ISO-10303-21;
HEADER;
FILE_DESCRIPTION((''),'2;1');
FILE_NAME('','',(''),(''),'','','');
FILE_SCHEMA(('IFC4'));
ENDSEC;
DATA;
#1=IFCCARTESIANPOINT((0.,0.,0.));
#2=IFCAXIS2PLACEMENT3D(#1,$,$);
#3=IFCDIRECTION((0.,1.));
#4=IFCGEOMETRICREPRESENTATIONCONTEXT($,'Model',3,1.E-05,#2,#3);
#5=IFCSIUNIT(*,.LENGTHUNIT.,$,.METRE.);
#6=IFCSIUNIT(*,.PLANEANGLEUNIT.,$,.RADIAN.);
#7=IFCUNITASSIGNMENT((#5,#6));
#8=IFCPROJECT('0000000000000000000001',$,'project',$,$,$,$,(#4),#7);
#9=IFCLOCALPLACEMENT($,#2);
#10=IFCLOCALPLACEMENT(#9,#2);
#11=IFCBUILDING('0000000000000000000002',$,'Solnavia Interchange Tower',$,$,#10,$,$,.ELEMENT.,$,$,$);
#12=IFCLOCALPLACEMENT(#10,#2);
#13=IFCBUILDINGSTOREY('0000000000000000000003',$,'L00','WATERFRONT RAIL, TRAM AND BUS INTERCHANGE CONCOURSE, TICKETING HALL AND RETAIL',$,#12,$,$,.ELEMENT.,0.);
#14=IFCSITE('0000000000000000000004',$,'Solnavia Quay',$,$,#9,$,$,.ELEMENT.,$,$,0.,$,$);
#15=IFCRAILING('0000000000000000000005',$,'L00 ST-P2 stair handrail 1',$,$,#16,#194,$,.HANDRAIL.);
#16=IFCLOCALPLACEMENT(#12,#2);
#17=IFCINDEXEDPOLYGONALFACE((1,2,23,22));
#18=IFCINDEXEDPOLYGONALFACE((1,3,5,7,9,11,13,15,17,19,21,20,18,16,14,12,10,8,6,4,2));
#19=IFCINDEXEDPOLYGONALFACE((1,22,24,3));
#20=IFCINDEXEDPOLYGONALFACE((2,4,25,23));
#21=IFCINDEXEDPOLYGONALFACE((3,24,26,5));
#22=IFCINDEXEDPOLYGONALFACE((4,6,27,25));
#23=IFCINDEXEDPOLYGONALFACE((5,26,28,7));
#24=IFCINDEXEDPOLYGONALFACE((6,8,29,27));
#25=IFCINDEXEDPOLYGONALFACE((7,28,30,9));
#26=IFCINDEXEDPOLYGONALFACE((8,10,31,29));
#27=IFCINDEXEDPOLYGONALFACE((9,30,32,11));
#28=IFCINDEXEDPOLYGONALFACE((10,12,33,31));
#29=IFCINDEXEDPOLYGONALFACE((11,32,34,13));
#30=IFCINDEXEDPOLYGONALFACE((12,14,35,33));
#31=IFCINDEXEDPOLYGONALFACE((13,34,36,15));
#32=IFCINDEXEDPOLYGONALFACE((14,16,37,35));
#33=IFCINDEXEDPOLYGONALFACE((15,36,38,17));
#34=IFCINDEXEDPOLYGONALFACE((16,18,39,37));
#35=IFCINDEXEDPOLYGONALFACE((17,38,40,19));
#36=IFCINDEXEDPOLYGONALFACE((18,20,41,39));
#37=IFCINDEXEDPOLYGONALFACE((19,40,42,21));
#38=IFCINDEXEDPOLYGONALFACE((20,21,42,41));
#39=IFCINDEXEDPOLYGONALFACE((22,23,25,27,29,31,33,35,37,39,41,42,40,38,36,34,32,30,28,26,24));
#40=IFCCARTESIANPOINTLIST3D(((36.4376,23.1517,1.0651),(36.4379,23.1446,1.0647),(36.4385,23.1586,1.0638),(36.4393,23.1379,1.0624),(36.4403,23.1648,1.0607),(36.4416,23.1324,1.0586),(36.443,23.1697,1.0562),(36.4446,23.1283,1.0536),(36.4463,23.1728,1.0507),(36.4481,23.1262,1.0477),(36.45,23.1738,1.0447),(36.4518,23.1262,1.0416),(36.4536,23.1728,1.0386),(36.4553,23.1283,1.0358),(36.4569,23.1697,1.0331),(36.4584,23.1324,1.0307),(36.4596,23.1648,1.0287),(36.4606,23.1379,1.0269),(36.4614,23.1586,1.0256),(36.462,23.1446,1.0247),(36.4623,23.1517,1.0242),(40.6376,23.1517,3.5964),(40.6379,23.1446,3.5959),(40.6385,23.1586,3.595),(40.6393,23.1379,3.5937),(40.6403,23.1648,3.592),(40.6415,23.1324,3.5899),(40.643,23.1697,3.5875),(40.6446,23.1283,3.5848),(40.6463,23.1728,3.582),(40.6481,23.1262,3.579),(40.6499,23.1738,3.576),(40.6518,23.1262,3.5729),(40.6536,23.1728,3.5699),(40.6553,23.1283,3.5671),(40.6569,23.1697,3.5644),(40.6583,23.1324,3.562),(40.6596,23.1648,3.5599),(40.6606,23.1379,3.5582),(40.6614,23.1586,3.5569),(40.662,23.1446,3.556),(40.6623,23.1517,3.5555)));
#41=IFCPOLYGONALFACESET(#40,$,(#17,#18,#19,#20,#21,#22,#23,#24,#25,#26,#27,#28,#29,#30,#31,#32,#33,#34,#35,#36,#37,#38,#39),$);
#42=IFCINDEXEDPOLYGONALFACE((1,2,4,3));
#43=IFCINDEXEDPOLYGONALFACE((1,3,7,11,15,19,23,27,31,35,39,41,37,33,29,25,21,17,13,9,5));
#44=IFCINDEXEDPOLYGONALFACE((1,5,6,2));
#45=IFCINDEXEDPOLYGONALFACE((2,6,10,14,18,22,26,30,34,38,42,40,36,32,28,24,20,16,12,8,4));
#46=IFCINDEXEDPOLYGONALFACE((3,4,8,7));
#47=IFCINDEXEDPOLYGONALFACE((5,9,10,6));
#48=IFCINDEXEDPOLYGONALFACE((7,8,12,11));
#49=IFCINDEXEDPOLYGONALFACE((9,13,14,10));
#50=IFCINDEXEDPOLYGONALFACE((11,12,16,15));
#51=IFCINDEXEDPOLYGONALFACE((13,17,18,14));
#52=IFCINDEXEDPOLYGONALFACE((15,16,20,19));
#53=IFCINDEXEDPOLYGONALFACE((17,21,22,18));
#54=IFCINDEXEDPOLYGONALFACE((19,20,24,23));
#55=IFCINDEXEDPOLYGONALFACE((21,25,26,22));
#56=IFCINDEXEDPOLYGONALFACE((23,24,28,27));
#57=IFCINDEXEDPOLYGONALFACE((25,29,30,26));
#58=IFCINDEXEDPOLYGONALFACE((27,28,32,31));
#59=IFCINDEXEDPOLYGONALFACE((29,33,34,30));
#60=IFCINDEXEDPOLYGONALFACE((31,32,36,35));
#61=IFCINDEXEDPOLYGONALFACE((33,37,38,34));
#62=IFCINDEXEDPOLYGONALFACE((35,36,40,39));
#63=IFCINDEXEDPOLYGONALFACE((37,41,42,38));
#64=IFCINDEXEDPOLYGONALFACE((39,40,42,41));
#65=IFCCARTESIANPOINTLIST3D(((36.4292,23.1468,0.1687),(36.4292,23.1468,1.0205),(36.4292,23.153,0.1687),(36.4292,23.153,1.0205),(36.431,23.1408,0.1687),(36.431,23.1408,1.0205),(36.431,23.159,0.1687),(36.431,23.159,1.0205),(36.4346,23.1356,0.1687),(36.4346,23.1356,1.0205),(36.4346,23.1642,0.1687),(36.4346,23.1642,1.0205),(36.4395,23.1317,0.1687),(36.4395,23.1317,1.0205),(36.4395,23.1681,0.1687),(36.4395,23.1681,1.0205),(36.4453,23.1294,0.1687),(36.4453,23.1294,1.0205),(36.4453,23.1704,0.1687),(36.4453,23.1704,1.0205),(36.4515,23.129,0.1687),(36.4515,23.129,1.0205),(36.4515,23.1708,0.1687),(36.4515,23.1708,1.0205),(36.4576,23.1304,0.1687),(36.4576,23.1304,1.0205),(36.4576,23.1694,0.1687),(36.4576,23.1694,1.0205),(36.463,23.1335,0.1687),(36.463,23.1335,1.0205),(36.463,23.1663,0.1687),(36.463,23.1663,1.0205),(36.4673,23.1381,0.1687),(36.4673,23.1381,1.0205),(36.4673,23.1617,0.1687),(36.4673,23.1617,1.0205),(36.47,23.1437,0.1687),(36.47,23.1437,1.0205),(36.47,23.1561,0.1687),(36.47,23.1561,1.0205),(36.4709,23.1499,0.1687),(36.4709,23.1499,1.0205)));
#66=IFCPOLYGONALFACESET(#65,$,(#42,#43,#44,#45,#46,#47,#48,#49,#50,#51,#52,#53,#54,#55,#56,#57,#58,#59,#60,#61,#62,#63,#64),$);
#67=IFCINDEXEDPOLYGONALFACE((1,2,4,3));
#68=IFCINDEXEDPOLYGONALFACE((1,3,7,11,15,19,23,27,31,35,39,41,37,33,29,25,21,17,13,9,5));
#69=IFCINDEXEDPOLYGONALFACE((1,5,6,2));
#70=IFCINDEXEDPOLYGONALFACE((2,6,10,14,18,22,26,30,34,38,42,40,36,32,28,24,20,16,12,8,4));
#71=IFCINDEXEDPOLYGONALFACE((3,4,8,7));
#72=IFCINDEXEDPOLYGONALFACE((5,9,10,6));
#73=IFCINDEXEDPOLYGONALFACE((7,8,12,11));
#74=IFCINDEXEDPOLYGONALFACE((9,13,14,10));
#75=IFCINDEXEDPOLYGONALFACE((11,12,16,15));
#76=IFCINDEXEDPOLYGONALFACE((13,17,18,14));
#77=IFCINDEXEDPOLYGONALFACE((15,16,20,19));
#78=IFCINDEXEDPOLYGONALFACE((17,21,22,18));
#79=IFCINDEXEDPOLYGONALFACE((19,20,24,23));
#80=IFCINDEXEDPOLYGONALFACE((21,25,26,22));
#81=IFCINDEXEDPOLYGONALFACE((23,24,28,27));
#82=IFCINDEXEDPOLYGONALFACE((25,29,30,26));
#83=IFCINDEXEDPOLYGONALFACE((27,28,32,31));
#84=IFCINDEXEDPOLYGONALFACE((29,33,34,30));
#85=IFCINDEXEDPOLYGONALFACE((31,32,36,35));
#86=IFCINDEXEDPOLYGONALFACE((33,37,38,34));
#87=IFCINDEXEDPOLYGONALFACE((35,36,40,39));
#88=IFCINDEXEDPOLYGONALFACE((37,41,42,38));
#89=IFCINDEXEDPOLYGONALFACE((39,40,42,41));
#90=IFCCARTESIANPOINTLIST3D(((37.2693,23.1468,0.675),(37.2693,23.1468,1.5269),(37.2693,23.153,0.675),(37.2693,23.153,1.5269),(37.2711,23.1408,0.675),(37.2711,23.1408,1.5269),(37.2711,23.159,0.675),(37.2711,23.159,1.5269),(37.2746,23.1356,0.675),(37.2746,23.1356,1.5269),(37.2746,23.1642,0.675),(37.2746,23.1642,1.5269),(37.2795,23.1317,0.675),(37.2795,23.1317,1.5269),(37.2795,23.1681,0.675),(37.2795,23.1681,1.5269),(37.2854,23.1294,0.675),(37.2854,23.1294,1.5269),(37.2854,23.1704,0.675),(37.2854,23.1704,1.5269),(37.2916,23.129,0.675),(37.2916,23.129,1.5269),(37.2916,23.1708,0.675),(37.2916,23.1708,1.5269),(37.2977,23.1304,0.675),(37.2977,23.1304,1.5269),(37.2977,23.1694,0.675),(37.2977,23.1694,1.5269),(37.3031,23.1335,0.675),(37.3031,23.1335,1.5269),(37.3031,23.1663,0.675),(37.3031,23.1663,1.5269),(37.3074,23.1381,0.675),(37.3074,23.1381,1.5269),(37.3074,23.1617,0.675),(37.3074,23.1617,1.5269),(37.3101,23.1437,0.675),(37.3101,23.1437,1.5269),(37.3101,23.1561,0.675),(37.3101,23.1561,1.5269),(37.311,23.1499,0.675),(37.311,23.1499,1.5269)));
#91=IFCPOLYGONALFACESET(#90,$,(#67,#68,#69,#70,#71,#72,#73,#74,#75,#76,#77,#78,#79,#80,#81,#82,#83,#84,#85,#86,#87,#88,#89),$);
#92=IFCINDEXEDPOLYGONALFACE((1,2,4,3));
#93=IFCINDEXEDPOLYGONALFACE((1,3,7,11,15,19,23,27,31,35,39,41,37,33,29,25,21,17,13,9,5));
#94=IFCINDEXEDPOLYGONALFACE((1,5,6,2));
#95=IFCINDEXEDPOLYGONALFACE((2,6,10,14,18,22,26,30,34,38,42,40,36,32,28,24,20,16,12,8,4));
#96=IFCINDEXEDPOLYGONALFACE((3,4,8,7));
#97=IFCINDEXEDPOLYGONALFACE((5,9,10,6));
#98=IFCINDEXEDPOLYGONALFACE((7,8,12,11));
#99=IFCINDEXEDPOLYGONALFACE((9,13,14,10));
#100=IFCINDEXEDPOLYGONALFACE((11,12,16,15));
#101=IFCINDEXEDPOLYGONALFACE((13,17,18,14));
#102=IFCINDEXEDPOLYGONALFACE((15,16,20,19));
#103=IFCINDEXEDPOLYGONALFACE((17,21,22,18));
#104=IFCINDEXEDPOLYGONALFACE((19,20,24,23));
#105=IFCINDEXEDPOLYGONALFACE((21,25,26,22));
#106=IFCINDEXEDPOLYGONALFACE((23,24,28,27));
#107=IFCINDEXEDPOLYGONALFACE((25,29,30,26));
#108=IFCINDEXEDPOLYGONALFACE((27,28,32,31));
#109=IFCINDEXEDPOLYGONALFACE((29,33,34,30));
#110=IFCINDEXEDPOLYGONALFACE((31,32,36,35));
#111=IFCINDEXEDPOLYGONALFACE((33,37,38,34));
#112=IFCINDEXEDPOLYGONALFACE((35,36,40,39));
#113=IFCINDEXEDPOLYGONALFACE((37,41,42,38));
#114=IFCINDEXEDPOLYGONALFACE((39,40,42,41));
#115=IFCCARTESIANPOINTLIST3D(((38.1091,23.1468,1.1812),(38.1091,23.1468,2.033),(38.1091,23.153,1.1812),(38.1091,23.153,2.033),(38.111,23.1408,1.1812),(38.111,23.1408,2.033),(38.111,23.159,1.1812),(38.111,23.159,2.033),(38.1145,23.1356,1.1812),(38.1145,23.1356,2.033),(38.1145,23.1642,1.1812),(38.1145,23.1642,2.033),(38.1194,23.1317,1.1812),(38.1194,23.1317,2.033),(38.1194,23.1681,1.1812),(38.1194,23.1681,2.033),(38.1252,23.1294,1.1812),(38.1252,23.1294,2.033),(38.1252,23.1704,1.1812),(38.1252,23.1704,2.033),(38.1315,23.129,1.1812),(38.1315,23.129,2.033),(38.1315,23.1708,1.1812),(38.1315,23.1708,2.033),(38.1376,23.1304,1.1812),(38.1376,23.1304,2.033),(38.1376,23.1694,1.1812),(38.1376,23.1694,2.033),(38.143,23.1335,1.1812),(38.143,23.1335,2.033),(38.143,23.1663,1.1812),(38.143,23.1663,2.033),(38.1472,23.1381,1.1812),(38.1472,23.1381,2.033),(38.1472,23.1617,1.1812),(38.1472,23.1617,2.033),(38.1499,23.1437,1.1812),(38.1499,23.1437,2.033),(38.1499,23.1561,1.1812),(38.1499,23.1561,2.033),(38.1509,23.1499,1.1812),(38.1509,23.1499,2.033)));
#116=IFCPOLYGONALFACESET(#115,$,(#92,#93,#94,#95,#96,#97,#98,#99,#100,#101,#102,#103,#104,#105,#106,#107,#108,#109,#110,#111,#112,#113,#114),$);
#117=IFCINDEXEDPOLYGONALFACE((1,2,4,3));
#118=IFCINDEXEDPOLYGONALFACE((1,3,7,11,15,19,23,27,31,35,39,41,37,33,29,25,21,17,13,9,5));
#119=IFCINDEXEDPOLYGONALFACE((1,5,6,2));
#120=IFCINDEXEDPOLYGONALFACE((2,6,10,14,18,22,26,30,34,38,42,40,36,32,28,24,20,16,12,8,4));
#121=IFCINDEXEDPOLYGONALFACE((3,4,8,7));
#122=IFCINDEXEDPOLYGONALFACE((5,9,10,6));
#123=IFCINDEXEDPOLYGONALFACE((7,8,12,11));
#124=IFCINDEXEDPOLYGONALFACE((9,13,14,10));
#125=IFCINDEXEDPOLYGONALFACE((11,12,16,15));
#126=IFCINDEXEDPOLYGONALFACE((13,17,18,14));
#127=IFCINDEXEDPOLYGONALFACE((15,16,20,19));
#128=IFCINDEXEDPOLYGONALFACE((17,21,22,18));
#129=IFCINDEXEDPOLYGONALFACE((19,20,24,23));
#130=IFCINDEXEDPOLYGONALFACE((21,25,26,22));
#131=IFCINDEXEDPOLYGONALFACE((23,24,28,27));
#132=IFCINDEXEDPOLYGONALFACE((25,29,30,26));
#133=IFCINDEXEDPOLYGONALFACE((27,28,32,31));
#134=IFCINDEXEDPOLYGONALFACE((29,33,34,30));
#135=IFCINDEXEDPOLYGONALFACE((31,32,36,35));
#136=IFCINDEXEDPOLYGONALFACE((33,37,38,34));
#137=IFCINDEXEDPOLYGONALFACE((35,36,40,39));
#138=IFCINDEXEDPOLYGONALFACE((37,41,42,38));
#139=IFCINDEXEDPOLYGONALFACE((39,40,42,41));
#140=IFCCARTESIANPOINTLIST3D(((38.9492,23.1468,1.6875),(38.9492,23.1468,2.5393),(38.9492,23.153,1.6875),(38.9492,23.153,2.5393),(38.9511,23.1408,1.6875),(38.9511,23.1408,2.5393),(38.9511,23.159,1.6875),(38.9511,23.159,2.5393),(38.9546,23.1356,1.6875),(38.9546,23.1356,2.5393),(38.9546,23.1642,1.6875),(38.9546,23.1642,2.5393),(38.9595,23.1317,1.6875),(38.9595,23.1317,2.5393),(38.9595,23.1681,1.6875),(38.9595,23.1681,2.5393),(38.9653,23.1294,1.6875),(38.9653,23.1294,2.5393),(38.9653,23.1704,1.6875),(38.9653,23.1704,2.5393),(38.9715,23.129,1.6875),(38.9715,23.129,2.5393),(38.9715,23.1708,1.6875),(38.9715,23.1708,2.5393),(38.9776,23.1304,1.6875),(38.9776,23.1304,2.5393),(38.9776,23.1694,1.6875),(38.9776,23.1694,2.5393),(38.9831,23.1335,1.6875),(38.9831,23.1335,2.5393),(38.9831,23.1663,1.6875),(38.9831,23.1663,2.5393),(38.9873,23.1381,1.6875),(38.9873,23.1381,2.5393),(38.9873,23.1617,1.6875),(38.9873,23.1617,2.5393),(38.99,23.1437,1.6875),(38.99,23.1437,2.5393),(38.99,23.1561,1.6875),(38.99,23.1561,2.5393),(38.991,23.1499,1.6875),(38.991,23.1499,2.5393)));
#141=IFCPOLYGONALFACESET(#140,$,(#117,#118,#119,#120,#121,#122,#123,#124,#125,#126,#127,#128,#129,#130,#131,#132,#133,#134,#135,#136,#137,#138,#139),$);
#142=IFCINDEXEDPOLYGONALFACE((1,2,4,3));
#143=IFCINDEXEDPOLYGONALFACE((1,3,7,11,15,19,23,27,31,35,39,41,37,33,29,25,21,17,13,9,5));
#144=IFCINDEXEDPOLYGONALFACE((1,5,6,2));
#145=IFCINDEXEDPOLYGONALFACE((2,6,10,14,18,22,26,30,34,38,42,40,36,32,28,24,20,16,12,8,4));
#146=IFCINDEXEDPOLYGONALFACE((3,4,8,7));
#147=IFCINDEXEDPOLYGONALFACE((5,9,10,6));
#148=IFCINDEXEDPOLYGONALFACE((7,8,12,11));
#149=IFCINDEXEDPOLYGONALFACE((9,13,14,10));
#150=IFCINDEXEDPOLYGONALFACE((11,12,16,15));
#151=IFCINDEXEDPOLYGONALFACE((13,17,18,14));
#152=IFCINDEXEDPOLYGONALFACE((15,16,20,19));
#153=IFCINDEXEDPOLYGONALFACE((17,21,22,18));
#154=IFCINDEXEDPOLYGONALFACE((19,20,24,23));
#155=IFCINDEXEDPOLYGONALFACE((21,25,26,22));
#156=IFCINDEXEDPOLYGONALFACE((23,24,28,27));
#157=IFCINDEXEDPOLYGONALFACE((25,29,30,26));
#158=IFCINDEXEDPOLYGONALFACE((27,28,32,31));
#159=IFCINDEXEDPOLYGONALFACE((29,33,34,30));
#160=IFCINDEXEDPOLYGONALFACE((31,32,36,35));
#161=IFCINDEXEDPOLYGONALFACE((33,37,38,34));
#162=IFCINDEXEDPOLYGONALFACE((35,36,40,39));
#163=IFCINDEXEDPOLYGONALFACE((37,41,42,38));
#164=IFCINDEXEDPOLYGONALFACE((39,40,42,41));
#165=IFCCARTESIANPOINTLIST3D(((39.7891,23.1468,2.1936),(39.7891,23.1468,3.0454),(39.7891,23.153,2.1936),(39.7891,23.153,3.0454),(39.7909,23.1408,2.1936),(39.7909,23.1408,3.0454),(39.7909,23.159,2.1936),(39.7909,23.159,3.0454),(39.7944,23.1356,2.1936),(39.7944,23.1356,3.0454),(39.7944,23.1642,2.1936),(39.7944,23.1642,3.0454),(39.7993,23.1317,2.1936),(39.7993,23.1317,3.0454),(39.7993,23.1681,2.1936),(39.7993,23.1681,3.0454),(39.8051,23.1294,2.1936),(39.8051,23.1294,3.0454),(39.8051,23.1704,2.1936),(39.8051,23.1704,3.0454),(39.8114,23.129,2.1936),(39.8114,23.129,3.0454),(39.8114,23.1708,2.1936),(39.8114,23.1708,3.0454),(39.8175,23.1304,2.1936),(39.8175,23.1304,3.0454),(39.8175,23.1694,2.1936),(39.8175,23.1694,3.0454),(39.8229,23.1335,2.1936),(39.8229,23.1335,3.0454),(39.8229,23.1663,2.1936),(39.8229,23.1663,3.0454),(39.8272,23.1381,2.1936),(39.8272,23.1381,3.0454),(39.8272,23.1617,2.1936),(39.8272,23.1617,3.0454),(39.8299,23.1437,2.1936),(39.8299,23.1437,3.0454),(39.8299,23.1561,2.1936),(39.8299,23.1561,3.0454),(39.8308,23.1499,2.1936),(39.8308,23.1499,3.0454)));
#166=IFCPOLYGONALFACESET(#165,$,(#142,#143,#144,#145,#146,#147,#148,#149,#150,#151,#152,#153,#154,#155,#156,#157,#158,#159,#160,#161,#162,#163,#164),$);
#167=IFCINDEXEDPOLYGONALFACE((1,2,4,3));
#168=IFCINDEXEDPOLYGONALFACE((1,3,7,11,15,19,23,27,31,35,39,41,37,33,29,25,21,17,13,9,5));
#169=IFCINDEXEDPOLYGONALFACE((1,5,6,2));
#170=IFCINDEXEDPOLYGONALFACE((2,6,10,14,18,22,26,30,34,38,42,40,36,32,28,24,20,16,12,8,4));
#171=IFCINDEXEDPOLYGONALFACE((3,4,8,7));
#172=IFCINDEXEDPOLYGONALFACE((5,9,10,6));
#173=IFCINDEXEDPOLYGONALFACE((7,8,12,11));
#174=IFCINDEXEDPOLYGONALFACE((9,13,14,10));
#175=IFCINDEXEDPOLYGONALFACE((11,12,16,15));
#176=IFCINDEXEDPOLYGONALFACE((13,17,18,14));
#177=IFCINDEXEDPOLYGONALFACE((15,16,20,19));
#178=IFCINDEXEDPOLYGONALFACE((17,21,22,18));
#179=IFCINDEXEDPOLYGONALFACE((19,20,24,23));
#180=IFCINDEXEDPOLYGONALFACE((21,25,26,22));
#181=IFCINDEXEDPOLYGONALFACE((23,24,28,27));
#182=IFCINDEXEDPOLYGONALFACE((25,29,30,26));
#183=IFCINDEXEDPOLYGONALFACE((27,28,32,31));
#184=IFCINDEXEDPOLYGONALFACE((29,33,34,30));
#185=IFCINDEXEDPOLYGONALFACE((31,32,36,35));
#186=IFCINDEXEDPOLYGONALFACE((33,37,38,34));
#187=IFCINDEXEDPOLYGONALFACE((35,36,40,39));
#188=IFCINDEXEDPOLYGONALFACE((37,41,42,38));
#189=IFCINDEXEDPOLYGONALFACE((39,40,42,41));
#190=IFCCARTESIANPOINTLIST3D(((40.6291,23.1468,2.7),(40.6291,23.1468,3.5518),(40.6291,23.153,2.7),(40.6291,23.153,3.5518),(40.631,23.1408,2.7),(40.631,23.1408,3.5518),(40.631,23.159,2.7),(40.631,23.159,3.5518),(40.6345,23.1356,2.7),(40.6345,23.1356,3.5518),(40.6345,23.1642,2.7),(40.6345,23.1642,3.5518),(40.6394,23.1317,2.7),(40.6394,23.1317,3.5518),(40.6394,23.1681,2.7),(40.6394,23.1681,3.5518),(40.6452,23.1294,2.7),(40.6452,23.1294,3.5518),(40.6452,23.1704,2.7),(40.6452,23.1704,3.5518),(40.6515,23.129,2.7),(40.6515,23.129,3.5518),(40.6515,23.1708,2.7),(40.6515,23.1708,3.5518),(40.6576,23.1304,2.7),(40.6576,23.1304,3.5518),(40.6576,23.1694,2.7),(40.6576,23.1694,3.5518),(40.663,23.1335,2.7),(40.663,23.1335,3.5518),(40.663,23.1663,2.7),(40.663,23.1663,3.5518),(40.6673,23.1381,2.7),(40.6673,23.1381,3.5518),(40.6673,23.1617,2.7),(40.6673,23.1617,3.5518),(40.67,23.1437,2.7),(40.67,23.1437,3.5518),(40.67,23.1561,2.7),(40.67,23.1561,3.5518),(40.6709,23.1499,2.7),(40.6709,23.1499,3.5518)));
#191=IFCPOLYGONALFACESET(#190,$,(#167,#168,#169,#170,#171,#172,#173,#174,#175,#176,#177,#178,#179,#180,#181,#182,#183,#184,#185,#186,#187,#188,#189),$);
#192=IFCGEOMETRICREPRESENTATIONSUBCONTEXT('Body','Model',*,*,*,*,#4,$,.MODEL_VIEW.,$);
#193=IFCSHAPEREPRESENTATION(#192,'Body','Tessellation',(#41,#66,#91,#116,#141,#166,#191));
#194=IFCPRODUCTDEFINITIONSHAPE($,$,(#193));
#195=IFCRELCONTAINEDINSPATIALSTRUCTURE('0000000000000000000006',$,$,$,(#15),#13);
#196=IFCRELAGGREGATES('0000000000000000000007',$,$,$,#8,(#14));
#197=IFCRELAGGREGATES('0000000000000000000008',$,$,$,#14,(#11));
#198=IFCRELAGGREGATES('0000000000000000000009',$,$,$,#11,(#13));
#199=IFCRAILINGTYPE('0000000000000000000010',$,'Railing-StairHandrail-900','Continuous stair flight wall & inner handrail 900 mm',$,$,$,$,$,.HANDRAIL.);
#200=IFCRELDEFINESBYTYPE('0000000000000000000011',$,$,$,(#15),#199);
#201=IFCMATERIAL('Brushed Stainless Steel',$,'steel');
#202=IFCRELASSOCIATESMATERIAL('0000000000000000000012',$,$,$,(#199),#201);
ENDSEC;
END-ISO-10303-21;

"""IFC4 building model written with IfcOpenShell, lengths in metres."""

from ifc_helpers import new_model, si_unit, direction, frame, origin, origin_2d, place, context, subcontext, project, spatial, circle, extrude, material, type_object, element, save


model = new_model("IFC4")

# Units and contexts
model_context = context("Model", 3, precision=1e-05, world=origin(), true_north=direction((0.0, 1.0)))
body_context = subcontext(model_context, "Body", "Model", "MODEL_VIEW")
ifc_project = project(units=[si_unit("LENGTHUNIT", "METRE"), si_unit("PLANEANGLEUNIT", "RADIAN")], contexts=[model_context])

# Site, building, storey
site_placement = place(None, origin())
site = spatial("IfcSite", under=ifc_project, at=site_placement, Name="Solnavia Quay", CompositionType="ELEMENT", RefElevation=0.0)
building_placement = place(site_placement, origin())
building = spatial("IfcBuilding", under=site, at=building_placement, Name="Solnavia Interchange Tower", CompositionType="ELEMENT")
storey_placement = place(building_placement, origin())
storey = spatial("IfcBuildingStorey", under=building, at=storey_placement, Name="L00", Description="WATERFRONT RAIL, TRAM AND BUS INTERCHANGE CONCOURSE, TICKETING HALL AND RETAIL", CompositionType="ELEMENT", Elevation=0.0)

# Railing
ifc_material_1 = material(Name="Brushed Stainless Steel", Category="steel")
railing_type_1 = type_object("IfcRailingType", Name="Railing-StairHandrail-900", Description="Continuous stair flight wall & inner handrail 900 mm", PredefinedType="HANDRAIL", material=ifc_material_1)
railing_1_placement = place(storey_placement, frame((36.45, 23.1499, 0.1687)))
element("IfcRailing", 1, at=railing_1_placement, inside=storey, type_object=railing_type_1, Name="L00 ST-P2 stair handrail 1", PredefinedType="HANDRAIL", context=body_context, shape_type="SweptSolid", body=[
    extrude(circle(Radius=0.0239, at=origin_2d()), frame((0.0, 0.0, 0.876), z_axis=(0.856476, 0.0, 0.516186), x_axis=(0.0, 1.0, 0.0)), (0.0, 0.0, 1.0), 4.9038),
    extrude(circle(Radius=0.021, at=origin_2d()), origin(), (0.0, 0.0, 1.0), 0.8518),
    extrude(circle(Radius=0.021, at=origin_2d()), frame((0.8401, 0.0, 0.5063)), (0.0, 0.0, 1.0), 0.8518),
    extrude(circle(Radius=0.021, at=origin_2d()), frame((1.6799, 0.0, 1.0125)), (0.0, 0.0, 1.0), 0.8518),
    extrude(circle(Radius=0.021, at=origin_2d()), frame((2.52, 0.0, 1.5188)), (0.0, 0.0, 1.0), 0.8518),
    extrude(circle(Radius=0.021, at=origin_2d()), frame((3.3599, 0.0, 2.0249)), (0.0, 0.0, 1.0), 0.8518),
    extrude(circle(Radius=0.021, at=origin_2d()), frame((4.2, 0.0, 2.5312)), (0.0, 0.0, 1.0), 0.8518),
])

save(model, "model.ifc")
